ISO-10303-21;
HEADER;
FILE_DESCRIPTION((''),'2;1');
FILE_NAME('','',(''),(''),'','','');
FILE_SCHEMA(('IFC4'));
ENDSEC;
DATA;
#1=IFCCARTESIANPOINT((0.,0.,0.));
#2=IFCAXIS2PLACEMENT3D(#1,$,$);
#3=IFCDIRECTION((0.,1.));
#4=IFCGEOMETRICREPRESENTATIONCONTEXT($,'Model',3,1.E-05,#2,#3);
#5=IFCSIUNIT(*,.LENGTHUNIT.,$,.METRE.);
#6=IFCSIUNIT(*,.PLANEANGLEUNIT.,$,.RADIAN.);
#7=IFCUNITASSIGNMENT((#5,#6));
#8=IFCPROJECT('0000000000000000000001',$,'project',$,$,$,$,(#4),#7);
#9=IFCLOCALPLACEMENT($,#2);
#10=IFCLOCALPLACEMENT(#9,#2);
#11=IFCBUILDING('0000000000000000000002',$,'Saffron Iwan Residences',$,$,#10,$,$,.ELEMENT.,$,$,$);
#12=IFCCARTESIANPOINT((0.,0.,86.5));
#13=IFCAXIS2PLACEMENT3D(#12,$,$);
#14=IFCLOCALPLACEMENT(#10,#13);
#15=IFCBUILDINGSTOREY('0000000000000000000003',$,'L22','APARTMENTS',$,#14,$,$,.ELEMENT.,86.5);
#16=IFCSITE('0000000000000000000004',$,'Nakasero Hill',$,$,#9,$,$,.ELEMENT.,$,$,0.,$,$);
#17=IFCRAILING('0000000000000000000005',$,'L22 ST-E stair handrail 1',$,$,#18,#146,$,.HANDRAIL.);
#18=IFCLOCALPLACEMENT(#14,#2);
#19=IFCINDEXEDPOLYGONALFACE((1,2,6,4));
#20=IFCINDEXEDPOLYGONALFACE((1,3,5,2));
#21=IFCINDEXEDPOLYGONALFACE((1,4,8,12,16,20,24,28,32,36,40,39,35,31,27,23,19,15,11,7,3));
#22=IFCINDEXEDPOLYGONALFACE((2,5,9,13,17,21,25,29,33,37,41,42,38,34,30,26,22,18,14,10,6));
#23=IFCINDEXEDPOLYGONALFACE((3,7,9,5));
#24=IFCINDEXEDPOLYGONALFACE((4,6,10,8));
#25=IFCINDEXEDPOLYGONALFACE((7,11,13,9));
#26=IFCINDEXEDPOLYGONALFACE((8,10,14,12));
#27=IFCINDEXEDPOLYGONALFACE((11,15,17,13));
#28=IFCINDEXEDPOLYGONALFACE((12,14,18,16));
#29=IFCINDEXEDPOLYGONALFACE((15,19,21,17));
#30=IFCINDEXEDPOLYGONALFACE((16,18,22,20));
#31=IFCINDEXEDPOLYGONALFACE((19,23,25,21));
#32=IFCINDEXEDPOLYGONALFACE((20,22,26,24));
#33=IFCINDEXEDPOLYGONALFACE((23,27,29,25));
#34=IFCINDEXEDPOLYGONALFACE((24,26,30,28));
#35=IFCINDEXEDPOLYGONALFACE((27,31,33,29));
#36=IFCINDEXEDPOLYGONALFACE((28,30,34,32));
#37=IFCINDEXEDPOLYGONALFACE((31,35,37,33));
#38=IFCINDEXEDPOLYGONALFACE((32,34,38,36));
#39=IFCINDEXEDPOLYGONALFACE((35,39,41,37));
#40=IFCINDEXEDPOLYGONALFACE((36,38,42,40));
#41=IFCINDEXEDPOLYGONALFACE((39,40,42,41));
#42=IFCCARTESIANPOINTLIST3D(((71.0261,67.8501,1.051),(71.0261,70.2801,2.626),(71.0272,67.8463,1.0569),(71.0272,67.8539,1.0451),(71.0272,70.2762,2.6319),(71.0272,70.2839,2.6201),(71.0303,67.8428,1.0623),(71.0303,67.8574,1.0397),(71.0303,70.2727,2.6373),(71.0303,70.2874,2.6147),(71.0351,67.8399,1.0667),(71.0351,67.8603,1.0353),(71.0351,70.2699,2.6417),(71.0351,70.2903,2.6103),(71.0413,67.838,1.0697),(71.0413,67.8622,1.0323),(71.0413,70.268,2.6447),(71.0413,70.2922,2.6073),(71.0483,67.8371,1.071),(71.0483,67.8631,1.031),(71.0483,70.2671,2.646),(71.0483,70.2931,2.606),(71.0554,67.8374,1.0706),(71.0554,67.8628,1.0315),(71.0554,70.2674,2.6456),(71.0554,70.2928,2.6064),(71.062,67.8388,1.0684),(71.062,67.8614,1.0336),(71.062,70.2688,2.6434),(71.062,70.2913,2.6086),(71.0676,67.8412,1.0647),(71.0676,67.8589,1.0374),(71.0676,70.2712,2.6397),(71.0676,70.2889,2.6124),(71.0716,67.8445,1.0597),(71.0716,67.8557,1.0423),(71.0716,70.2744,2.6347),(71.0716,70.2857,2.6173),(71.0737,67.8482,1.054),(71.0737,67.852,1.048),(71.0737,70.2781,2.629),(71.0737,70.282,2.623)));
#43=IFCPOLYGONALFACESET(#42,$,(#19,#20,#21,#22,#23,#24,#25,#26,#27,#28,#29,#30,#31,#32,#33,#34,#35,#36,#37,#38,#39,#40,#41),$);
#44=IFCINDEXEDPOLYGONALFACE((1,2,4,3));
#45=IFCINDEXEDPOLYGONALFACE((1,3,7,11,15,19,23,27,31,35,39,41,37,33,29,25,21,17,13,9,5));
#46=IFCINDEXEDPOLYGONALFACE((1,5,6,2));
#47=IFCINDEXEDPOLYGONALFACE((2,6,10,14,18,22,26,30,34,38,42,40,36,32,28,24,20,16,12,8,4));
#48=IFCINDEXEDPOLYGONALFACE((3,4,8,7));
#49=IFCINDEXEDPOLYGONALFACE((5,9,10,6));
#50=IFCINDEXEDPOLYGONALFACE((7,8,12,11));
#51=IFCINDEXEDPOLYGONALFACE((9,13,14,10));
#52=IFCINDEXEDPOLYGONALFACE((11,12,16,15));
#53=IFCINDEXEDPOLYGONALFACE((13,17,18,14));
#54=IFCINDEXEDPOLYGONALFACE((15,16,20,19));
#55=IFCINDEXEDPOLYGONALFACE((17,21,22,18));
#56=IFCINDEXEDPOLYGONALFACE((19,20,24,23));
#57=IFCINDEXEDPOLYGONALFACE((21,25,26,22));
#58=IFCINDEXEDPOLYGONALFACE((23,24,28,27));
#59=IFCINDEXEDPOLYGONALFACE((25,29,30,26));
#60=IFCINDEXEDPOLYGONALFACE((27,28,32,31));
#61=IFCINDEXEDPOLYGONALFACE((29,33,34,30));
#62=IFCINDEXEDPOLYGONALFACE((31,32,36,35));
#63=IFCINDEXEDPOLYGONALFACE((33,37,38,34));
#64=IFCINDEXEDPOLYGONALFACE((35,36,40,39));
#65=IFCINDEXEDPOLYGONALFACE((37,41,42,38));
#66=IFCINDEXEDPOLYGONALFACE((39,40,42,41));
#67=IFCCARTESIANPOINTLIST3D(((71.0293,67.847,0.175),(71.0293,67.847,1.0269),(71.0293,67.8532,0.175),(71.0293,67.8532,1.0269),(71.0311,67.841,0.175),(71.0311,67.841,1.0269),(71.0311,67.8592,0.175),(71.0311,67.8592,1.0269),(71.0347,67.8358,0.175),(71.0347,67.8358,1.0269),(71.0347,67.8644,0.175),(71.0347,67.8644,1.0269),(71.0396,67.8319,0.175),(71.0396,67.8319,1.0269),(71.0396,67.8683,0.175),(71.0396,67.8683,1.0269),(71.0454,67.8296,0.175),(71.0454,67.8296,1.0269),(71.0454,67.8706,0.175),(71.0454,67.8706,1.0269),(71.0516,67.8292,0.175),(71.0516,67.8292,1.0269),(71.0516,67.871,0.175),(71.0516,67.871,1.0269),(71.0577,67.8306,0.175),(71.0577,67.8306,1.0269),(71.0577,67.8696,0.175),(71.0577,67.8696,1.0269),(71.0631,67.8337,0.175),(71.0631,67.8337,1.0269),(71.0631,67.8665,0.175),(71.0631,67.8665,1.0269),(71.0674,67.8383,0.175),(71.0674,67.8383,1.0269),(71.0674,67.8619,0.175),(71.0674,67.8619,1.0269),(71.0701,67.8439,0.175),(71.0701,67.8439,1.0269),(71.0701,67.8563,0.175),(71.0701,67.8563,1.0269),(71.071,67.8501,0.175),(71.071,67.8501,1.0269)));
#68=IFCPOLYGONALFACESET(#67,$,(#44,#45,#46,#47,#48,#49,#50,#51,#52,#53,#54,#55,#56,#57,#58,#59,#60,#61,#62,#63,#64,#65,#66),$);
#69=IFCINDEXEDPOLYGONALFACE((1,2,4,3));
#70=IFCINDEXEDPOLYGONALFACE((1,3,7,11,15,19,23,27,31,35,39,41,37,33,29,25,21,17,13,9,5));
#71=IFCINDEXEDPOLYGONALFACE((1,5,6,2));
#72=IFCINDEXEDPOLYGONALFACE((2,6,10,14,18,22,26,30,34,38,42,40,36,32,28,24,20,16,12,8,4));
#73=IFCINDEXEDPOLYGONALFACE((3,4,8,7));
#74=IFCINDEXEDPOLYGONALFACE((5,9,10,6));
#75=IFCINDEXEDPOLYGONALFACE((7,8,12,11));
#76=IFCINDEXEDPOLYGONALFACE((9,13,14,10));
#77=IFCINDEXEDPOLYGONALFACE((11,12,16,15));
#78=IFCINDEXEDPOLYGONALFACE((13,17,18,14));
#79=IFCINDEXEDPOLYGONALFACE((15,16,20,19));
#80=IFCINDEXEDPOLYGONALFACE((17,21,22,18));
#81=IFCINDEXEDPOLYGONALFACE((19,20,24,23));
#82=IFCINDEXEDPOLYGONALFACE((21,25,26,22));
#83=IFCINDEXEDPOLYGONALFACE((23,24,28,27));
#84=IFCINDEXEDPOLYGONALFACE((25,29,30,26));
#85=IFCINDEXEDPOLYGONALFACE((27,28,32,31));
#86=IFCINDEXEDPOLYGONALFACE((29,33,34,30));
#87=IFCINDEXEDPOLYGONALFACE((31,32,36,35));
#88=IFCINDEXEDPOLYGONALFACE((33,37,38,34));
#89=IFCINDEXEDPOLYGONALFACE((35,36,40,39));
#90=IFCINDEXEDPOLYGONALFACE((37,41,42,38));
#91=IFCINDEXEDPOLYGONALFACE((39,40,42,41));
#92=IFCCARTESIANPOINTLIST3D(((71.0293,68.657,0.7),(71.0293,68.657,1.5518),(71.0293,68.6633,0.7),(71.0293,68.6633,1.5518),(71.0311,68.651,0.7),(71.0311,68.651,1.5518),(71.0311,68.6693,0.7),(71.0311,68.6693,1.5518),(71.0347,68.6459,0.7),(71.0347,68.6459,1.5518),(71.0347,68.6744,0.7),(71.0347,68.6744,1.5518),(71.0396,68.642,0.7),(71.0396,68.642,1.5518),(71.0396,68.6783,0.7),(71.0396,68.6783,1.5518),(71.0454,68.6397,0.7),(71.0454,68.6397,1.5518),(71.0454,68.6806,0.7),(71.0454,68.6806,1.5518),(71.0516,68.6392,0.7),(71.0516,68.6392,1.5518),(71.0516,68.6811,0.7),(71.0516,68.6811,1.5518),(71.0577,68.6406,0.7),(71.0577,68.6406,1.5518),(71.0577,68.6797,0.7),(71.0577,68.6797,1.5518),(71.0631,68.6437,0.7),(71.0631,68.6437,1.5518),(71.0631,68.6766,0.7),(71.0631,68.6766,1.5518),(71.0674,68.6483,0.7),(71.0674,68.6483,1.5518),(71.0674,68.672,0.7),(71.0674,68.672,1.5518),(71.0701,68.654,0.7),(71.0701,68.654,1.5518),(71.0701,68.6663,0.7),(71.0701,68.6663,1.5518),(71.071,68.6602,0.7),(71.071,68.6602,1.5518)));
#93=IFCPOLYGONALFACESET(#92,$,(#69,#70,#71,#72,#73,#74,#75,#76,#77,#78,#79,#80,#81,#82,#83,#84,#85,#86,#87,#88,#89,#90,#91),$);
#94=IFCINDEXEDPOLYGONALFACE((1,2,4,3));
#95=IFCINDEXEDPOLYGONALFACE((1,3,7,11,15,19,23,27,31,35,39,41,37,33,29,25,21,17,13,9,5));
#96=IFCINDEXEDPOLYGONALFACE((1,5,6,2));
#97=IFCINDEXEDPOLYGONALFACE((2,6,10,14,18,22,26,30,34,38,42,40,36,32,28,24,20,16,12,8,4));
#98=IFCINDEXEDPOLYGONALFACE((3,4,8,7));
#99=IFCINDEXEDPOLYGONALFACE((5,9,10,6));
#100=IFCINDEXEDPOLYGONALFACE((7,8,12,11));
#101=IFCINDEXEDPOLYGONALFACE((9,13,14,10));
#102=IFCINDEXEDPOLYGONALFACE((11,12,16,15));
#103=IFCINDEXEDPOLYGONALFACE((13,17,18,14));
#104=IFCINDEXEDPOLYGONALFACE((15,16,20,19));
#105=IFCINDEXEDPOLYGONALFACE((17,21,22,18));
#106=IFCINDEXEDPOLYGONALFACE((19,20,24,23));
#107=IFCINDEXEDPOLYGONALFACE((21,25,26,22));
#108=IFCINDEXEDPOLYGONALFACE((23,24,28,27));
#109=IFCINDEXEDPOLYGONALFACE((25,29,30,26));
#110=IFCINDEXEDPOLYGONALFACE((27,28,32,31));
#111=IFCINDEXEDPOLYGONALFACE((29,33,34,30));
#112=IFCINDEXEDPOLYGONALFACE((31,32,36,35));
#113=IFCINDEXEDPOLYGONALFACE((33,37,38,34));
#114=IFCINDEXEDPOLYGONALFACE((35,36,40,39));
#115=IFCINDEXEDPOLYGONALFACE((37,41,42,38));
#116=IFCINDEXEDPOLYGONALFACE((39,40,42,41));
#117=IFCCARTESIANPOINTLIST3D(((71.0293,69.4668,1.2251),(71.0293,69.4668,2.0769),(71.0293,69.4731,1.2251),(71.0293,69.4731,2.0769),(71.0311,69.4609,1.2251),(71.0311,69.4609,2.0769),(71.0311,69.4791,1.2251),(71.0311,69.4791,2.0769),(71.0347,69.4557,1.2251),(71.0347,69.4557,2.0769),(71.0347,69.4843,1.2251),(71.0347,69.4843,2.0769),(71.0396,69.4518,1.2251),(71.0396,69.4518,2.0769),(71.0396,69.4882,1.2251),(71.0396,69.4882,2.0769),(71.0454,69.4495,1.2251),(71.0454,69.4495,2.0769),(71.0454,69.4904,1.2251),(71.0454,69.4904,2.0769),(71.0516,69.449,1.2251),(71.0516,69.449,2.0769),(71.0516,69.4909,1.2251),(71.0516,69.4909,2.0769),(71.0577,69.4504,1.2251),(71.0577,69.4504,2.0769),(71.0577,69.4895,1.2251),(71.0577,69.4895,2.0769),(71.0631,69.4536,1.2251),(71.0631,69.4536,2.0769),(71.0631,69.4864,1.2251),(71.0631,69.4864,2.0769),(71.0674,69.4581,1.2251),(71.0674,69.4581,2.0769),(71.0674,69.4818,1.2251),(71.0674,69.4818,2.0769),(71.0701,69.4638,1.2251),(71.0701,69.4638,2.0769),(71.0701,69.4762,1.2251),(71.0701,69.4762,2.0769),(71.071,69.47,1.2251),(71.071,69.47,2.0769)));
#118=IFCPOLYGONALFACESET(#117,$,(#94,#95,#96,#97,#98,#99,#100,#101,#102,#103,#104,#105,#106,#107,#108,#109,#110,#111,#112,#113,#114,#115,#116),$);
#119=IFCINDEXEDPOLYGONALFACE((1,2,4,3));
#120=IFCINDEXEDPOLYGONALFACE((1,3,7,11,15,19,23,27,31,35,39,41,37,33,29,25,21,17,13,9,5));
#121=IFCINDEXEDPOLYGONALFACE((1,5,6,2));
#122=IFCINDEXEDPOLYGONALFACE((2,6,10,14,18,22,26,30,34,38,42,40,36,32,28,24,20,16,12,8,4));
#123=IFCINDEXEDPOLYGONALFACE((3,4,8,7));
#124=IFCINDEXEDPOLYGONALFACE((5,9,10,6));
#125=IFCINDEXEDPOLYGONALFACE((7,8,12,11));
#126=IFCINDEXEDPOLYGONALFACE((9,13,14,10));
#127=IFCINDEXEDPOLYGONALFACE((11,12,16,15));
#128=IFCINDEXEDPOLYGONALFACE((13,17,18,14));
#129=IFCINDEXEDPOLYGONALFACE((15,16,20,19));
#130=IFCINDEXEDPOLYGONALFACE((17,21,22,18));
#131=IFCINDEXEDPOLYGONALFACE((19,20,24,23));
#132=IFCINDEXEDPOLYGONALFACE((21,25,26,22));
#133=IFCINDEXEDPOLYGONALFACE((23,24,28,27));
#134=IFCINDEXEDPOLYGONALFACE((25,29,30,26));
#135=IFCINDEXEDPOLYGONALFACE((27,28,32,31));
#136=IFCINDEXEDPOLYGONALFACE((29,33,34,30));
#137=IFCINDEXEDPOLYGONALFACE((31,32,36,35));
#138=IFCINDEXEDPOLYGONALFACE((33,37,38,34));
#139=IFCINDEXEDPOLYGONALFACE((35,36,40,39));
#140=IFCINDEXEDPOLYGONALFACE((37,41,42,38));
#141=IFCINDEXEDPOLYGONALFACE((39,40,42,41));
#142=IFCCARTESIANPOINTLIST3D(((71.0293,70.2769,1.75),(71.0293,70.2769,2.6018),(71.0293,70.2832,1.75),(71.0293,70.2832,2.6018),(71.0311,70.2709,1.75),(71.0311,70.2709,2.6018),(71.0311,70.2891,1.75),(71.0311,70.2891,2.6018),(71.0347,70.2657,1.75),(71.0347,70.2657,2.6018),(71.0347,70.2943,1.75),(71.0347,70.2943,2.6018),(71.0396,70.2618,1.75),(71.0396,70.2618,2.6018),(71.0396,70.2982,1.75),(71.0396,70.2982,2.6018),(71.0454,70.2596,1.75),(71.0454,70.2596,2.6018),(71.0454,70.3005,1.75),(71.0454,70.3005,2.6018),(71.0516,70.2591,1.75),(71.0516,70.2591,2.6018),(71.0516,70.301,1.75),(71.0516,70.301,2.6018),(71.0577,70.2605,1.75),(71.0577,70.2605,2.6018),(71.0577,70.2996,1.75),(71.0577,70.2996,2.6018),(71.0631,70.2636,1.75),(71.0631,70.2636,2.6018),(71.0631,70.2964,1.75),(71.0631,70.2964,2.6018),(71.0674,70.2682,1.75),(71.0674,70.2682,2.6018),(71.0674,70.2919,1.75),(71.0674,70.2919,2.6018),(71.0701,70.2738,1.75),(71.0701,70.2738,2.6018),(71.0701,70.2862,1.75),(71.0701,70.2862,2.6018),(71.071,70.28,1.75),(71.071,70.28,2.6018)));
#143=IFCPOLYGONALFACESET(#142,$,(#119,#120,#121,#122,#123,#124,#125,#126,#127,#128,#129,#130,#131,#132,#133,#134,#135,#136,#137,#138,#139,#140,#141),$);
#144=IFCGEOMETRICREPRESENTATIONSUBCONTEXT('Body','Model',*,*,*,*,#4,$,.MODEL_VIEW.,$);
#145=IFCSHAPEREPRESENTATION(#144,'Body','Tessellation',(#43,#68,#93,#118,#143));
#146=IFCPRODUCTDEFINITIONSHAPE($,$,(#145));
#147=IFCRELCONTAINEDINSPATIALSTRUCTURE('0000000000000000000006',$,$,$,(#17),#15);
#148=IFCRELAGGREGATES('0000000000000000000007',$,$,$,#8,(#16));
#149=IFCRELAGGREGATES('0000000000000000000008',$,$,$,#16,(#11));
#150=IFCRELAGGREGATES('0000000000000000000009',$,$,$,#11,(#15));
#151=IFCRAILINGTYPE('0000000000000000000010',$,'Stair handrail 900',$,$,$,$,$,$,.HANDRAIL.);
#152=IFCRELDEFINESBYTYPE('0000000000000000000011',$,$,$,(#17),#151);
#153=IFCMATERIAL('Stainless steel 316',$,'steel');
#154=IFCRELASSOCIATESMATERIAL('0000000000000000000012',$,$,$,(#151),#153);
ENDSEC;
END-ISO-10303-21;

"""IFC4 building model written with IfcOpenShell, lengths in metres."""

from ifc_helpers import new_model, si_unit, direction, frame, origin, origin_2d, place, context, subcontext, project, spatial, circle, extrude, material, type_object, element, save


model = new_model("IFC4")

# Units and contexts
model_context = context("Model", 3, precision=1e-05, world=origin(), true_north=direction((0.0, 1.0)))
body_context = subcontext(model_context, "Body", "Model", "MODEL_VIEW")
ifc_project = project(units=[si_unit("LENGTHUNIT", "METRE"), si_unit("PLANEANGLEUNIT", "RADIAN")], contexts=[model_context])

# Site, building, storey
site_placement = place(None, origin())
site = spatial("IfcSite", under=ifc_project, at=site_placement, Name="Nakasero Hill", CompositionType="ELEMENT", RefElevation=0.0)
building_placement = place(site_placement, origin())
building = spatial("IfcBuilding", under=site, at=building_placement, Name="Saffron Iwan Residences", CompositionType="ELEMENT")
storey_placement = place(building_placement, frame((0.0, 0.0, 86.5)))
storey = spatial("IfcBuildingStorey", under=building, at=storey_placement, Name="L22", Description="APARTMENTS", CompositionType="ELEMENT", Elevation=86.5)

# Railing
ifc_material_1 = material(Name="Stainless steel 316", Category="steel")
railing_type_1 = type_object("IfcRailingType", Name="Stair handrail 900", PredefinedType="HANDRAIL", material=ifc_material_1)
railing_1_placement = place(storey_placement, frame((71.05, 67.8501, 0.175)))
element("IfcRailing", 1, at=railing_1_placement, inside=storey, type_object=railing_type_1, Name="L22 ST-E stair handrail 1", PredefinedType="HANDRAIL", context=body_context, shape_type="SweptSolid", body=[
    extrude(circle(Radius=0.0239, at=origin_2d()), frame((0.0, 0.0, 0.876), z_axis=(0.0, 0.839154, 0.543894), x_axis=(-1.0, 0.0, 0.0)), (0.0, 0.0, 1.0), 2.8958),
    extrude(circle(Radius=0.021, at=origin_2d()), origin(), (0.0, 0.0, 1.0), 0.8518),
    extrude(circle(Radius=0.021, at=origin_2d()), frame((0.0, 0.8101, 0.5249)), (0.0, 0.0, 1.0), 0.8518),
    extrude(circle(Radius=0.021, at=origin_2d()), frame((0.0, 1.6199, 1.05)), (0.0, 0.0, 1.0), 0.8518),
    extrude(circle(Radius=0.021, at=origin_2d()), frame((0.0, 2.4299, 1.575)), (0.0, 0.0, 1.0), 0.8518),
])

save(model, "model.ifc")
